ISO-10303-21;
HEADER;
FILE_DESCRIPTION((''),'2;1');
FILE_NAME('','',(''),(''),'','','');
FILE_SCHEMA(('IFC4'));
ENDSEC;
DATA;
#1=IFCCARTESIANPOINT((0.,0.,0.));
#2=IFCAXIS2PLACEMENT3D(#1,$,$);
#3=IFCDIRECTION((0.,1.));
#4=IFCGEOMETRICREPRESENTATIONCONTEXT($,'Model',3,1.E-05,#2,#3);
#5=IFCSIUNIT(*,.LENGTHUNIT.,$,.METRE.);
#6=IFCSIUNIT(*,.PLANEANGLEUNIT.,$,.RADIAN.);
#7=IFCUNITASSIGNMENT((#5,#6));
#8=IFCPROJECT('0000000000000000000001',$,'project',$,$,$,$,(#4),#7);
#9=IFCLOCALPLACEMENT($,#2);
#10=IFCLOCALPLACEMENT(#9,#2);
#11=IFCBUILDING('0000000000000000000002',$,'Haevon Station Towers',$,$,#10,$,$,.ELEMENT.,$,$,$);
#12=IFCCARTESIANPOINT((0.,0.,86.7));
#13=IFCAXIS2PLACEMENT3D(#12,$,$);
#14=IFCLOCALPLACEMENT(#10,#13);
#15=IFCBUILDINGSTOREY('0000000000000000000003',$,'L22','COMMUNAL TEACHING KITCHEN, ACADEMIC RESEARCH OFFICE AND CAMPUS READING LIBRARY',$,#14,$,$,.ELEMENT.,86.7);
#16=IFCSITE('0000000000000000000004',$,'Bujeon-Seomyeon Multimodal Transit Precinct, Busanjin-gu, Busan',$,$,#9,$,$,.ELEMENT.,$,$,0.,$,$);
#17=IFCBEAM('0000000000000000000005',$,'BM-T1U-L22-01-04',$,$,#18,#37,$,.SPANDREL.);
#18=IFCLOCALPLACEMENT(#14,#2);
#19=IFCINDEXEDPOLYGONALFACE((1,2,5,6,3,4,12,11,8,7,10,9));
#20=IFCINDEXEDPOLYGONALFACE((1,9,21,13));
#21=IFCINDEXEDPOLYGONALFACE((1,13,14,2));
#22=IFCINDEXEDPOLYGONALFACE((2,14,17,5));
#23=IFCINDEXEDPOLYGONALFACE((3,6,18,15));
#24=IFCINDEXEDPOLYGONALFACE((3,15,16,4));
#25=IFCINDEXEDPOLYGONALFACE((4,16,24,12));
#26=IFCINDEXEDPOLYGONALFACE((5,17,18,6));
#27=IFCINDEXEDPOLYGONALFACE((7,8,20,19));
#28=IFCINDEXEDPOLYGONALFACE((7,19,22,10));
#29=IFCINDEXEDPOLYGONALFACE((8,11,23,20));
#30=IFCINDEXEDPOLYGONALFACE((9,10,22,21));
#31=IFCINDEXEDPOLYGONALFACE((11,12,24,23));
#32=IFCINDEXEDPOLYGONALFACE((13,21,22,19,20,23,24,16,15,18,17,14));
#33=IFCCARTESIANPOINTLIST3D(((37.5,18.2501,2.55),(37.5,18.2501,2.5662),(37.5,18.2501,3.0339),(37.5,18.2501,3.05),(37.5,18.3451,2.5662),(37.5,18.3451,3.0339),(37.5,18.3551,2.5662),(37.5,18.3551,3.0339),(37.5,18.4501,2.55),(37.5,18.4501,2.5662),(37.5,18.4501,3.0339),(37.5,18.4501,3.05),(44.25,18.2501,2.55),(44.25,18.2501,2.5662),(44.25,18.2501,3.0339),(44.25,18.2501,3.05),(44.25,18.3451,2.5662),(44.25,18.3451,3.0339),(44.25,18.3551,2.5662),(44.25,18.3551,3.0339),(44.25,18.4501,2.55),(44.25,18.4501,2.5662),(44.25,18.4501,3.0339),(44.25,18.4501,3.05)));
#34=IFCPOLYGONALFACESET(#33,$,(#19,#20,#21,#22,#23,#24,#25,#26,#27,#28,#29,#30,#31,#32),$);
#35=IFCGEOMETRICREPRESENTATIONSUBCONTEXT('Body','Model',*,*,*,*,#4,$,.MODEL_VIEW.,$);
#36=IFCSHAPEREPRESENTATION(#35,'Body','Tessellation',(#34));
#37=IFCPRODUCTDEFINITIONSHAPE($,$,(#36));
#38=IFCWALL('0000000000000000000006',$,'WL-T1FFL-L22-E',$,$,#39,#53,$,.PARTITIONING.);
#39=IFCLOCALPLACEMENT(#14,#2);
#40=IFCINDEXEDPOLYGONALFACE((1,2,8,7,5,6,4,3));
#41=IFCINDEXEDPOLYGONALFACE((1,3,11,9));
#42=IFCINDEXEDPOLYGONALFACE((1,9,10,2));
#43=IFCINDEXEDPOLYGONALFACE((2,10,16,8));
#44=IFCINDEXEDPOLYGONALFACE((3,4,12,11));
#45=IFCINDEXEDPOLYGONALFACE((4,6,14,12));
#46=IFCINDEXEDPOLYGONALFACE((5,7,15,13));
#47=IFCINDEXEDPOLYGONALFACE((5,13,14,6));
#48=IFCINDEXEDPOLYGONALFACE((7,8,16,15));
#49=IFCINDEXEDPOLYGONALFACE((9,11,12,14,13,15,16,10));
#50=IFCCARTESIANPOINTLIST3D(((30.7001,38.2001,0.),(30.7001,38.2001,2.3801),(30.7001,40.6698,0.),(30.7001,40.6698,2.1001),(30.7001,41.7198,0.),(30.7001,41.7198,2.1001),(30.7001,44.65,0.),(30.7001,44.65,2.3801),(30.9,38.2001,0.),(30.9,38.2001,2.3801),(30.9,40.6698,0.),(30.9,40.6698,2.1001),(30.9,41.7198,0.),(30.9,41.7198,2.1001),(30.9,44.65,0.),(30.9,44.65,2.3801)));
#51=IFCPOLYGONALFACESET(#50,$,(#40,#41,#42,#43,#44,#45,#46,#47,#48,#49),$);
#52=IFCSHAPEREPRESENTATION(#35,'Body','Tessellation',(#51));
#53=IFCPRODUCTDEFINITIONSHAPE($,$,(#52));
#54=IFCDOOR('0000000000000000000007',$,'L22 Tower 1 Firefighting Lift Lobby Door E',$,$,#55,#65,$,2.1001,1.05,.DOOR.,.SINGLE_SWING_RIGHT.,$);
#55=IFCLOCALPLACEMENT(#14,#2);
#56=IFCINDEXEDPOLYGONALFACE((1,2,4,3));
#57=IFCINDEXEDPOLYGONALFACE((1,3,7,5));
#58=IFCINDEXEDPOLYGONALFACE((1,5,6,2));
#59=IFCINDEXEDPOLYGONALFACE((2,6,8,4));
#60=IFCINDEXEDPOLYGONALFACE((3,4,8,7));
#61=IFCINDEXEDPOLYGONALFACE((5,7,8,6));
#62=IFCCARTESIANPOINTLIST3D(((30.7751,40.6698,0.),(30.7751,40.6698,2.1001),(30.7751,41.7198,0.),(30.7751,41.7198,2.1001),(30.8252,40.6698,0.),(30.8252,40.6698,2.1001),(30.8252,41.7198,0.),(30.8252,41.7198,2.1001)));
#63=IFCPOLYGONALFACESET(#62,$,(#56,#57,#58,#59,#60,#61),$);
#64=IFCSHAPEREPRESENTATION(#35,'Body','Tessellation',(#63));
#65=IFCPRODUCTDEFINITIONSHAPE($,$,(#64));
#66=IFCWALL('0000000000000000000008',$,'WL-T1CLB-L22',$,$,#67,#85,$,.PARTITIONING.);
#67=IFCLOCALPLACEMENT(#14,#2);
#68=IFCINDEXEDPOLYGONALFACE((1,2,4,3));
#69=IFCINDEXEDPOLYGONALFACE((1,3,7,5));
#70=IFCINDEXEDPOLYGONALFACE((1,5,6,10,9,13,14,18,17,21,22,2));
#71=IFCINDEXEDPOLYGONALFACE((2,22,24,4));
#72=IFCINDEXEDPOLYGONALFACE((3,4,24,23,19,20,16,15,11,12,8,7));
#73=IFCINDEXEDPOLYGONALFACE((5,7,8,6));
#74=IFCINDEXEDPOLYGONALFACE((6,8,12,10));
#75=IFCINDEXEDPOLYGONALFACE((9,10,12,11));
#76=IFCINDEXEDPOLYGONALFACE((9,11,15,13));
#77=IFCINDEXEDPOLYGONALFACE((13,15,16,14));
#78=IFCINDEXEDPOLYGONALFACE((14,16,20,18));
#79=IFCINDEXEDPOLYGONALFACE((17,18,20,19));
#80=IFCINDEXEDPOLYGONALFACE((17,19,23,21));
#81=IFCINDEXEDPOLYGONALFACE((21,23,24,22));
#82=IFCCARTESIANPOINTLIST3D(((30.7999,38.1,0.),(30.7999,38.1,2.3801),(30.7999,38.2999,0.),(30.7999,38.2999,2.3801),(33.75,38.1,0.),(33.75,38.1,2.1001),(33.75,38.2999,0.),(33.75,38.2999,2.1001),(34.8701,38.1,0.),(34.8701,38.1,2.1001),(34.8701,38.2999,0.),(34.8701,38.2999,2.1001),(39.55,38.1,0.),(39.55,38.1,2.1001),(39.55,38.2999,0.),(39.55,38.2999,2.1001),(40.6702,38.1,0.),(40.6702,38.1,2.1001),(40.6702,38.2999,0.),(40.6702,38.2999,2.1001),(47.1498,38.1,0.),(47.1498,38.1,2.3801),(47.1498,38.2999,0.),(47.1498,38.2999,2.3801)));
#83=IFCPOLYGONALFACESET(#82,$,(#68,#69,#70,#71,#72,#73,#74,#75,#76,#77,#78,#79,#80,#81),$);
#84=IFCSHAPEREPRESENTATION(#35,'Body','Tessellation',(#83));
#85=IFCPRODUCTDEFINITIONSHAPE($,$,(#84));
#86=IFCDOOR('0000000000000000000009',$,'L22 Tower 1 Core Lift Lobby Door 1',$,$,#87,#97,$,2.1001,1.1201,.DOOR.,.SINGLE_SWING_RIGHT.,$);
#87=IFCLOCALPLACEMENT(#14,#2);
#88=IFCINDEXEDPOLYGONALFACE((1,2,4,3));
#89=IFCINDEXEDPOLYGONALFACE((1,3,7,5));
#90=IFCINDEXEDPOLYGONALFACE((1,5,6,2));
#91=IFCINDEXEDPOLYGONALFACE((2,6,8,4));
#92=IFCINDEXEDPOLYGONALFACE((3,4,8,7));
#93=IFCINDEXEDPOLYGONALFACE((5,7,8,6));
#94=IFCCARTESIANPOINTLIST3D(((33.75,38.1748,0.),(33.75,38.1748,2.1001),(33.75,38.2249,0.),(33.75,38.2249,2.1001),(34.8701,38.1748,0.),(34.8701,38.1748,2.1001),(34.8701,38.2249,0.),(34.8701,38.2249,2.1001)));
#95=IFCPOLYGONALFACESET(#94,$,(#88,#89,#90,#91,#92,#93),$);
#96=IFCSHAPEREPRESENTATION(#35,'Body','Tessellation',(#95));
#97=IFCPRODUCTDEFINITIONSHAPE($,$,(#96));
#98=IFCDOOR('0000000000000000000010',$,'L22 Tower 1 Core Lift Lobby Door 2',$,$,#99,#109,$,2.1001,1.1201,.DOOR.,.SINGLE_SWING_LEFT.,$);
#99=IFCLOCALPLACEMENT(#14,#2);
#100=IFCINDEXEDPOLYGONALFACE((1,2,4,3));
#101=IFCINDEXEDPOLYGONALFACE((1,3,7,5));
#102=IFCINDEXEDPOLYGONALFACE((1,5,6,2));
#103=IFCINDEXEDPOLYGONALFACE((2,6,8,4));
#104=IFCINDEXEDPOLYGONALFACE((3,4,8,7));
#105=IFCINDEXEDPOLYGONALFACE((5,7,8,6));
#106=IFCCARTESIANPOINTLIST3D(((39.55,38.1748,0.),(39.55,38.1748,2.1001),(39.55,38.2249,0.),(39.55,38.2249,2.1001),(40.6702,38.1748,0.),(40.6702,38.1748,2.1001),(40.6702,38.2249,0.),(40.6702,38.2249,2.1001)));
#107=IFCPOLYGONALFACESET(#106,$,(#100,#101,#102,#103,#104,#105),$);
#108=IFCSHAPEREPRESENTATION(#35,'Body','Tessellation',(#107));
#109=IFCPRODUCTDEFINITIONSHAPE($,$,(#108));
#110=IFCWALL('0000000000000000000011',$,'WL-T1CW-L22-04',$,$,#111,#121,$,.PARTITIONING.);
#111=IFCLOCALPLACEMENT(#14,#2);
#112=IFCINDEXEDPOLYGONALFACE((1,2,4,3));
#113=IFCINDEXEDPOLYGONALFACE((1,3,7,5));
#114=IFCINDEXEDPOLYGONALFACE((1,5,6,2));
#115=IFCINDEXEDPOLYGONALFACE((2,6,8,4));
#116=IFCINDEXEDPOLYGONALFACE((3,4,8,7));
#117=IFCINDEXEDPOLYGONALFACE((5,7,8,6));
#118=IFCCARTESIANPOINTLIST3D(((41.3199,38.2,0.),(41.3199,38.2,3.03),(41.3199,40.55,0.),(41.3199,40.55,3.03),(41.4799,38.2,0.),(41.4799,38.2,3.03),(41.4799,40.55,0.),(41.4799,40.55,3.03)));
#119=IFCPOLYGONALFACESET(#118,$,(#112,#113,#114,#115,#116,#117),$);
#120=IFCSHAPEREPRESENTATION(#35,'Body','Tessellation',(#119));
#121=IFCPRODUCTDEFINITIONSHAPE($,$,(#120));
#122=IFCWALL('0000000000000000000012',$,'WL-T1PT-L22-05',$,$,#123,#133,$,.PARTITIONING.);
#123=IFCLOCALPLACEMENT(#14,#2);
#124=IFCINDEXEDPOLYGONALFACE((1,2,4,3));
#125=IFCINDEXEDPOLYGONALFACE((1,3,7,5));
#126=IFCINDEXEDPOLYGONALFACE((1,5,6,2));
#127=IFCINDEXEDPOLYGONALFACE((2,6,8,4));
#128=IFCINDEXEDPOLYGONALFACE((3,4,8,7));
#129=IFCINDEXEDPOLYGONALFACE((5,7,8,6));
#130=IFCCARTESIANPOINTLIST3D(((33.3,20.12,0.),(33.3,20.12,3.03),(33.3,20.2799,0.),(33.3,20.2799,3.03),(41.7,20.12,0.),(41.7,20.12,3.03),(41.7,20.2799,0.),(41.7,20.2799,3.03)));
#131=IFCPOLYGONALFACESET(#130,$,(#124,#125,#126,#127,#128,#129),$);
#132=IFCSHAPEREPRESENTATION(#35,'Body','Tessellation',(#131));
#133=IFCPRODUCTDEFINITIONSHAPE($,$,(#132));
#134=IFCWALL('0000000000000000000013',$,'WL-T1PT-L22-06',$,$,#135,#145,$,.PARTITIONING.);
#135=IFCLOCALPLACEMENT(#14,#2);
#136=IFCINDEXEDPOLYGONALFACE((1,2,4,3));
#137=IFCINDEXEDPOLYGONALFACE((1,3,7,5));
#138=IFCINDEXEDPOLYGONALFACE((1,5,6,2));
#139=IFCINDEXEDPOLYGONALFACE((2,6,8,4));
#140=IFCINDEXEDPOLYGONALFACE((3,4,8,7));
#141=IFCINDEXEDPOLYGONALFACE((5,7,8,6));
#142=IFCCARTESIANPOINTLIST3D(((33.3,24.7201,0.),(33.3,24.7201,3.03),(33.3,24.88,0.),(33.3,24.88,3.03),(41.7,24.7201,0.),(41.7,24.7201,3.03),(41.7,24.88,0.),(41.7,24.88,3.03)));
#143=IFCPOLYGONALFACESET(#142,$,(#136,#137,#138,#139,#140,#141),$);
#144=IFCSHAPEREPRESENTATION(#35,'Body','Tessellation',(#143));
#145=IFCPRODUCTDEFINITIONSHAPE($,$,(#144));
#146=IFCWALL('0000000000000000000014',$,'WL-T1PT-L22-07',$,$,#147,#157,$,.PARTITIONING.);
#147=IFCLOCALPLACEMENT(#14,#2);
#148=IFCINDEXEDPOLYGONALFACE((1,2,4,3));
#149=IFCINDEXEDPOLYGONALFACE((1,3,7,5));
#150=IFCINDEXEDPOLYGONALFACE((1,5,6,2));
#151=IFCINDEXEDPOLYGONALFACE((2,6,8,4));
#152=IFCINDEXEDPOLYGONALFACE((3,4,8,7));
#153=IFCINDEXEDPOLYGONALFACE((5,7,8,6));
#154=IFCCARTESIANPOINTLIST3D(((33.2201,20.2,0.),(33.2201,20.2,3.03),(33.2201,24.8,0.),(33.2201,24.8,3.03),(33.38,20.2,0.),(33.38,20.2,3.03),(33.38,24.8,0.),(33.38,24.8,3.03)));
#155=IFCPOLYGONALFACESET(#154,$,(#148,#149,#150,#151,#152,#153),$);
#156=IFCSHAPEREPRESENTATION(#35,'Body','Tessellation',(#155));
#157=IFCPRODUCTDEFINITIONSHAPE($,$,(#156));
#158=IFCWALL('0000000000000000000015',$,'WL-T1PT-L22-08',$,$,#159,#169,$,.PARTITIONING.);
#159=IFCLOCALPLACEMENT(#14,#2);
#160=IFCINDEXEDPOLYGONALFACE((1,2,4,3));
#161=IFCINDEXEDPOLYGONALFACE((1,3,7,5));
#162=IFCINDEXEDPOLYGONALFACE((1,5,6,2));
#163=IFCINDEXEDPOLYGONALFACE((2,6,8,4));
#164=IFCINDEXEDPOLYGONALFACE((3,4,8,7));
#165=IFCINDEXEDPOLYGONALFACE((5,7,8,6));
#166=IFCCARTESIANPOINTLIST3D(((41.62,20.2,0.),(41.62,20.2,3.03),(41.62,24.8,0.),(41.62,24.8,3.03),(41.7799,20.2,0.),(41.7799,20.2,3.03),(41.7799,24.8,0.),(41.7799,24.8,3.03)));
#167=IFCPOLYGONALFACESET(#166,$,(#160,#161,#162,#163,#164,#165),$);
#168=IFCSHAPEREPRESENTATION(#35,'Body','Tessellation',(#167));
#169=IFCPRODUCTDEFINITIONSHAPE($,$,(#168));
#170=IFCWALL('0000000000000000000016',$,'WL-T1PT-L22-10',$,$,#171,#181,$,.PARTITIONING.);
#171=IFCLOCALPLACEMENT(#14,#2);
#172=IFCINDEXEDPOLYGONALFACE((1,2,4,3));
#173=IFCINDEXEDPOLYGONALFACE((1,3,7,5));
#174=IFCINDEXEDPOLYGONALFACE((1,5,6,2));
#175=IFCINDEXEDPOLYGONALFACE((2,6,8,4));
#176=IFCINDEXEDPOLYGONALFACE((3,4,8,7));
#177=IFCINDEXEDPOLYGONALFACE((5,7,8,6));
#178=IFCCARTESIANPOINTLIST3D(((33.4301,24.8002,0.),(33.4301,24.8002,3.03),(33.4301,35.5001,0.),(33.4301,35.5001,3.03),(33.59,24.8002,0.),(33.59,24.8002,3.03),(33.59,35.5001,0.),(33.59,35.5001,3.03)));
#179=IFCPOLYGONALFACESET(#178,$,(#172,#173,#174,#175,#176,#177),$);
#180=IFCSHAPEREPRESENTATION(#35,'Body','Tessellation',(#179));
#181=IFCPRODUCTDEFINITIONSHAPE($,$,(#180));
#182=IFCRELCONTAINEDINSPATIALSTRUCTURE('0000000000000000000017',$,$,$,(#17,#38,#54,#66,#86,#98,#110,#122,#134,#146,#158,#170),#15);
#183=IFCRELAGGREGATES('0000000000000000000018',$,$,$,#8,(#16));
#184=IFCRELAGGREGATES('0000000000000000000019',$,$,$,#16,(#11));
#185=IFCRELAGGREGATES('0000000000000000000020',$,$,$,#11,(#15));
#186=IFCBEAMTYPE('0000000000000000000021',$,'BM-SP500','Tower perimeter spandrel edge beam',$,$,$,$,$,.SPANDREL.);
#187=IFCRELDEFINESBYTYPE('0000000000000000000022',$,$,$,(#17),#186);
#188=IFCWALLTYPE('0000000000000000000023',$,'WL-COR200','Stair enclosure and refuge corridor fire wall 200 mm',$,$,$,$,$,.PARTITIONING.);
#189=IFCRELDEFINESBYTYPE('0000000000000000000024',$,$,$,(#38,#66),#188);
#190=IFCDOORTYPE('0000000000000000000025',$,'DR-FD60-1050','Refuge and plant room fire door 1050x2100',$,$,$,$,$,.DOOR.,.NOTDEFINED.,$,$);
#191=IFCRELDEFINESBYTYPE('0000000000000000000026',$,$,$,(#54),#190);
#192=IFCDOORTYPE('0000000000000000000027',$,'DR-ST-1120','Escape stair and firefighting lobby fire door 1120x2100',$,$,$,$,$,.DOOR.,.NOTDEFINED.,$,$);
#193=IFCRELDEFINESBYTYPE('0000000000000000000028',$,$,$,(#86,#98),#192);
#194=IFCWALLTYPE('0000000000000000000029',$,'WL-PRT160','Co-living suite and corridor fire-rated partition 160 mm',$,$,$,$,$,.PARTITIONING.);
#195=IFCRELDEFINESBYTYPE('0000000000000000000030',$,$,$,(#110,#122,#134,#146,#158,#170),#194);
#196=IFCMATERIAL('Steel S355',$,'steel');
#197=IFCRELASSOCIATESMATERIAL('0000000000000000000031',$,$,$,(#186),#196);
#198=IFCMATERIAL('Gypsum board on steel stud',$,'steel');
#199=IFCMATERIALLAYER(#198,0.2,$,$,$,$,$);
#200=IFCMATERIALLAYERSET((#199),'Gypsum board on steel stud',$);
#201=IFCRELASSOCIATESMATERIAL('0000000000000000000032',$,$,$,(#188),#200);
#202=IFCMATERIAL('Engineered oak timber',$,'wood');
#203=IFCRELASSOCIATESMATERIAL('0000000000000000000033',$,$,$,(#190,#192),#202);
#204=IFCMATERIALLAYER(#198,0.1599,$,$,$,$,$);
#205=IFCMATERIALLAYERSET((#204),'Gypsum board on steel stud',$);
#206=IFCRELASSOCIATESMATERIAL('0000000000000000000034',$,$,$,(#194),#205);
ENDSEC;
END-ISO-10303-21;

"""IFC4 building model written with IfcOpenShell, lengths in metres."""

from ifc_helpers import new_model, si_unit, direction, frame, frame_2d, origin, origin_2d, place, context, subcontext, project, spatial, rectangle, i_section, extrude, material, layer, layer_set, material_profile, profile_set, type_object, element, fill, save


model = new_model("IFC4")

# Units and contexts
model_context = context("Model", 3, precision=1e-05, world=origin(), true_north=direction((0.0, 1.0)))
body_context = subcontext(model_context, "Body", "Model", "MODEL_VIEW")
ifc_project = project(units=[si_unit("LENGTHUNIT", "METRE"), si_unit("PLANEANGLEUNIT", "RADIAN")], contexts=[model_context])

# Site, building, storey
site_placement = place(None, origin())
site = spatial("IfcSite", under=ifc_project, at=site_placement, Name="Bujeon-Seomyeon Multimodal Transit Precinct, Busanjin-gu, Busan", CompositionType="ELEMENT", RefElevation=0.0)
building_placement = place(site_placement, origin())
building = spatial("IfcBuilding", under=site, at=building_placement, Name="Haevon Station Towers", CompositionType="ELEMENT")
storey_placement = place(building_placement, frame((0.0, 0.0, 86.7)))
storey = spatial("IfcBuildingStorey", under=building, at=storey_placement, Name="L22", Description="COMMUNAL TEACHING KITCHEN, ACADEMIC RESEARCH OFFICE AND CAMPUS READING LIBRARY", CompositionType="ELEMENT", Elevation=86.7)

# Beam
ifc_material_1 = material(Name="Steel S355", Category="steel")
ifc_material_profile_1 = material_profile(ifc_material_1, i_section(OverallWidth=0.2, OverallDepth=0.5, WebThickness=0.01, FlangeThickness=0.0161, at=origin_2d()), Name="H-500x200x10x16")
ifc_profile_set_1 = profile_set([ifc_material_profile_1], Name="Steel S355")
beam_type_1 = type_object("IfcBeamType", Name="BM-SP500", Description="Tower perimeter spandrel edge beam", PredefinedType="SPANDREL", material=ifc_profile_set_1)
beam_1_placement = place(storey_placement, frame((37.5, 18.3501, 2.8), z_axis=(1.0, 0.0, 0.0), x_axis=(0.0, 1.0, 0.0)))
element("IfcBeam", 1, at=beam_1_placement, inside=storey, type_object=beam_type_1, Name="BM-T1U-L22-01-04", PredefinedType="SPANDREL", context=body_context, shape_type="SweptSolid", body=[
    extrude(i_section(OverallWidth=0.2, OverallDepth=0.5, WebThickness=0.01, FlangeThickness=0.0161, at=origin_2d()), origin(), (0.0, 0.0, 1.0), 6.75),
])

# Wall, opening, door
ifc_material_2 = material(Name="Gypsum board on steel stud", Category="steel")
ifc_layer_1 = layer(ifc_material_2, 0.2)
ifc_layer_set_1 = layer_set([ifc_layer_1], Name="Gypsum board on steel stud")
wall_type_1 = type_object("IfcWallType", Name="WL-COR200", Description="Stair enclosure and refuge corridor fire wall 200 mm", PredefinedType="PARTITIONING", material=ifc_layer_set_1)
wall_1_placement = place(storey_placement, frame((30.8, 38.2, 0.0), z_axis=(0.0, 0.0, 1.0), x_axis=(0.0, 1.0, 0.0)))
wall_1 = element("IfcWall", 2, at=wall_1_placement, inside=storey, type_object=wall_type_1, Name="WL-T1FFL-L22-E", PredefinedType="PARTITIONING", context=body_context, shape_type="SweptSolid", body=[
    extrude(rectangle(XDim=6.45, YDim=0.2, at=frame_2d((3.2251, 0.0))), origin(), (0.0, 0.0, 1.0), 2.3801),
])
opening_1_placement = place(wall_1_placement, frame((2.47, 0.0, 0.0)))
opening_1 = element("IfcOpeningElement", 3, at=opening_1_placement, cuts=wall_1, PredefinedType="OPENING", context=body_context, shape_type="SweptSolid", body=[
    extrude(rectangle(XDim=1.05, YDim=2.1001, at=frame_2d((0.5249, 1.05))), frame((0.0, 0.1099, 0.0), z_axis=(0.0, -1.0, 0.0), x_axis=(1.0, 0.0, 0.0)), (0.0, 0.0, 1.0), 0.22),
])
ifc_material_3 = material(Name="Engineered oak timber", Category="wood")
door_type_1 = type_object("IfcDoorType", Name="DR-FD60-1050", Description="Refuge and plant room fire door 1050x2100", OperationType="NOTDEFINED", PredefinedType="DOOR", material=ifc_material_3)
door_1_placement = place(opening_1_placement, origin())
door_1 = element("IfcDoor", 4, at=door_1_placement, inside=storey, type_object=door_type_1, Name="L22 Tower 1 Firefighting Lift Lobby Door E", OperationType="SINGLE_SWING_RIGHT", OverallHeight=2.1001, OverallWidth=1.05, PredefinedType="DOOR", context=body_context, shape_type="SweptSolid", body=[
    extrude(rectangle(XDim=1.05, YDim=2.1001, at=frame_2d((0.5249, 1.05))), frame((0.0, 0.0249, 0.0), z_axis=(0.0, -1.0, 0.0), x_axis=(1.0, 0.0, 0.0)), (0.0, 0.0, 1.0), 0.05),
])
fill(opening_1, door_1)

# Wall, openings, doors
wall_2_placement = place(storey_placement, frame((30.8, 38.2, 0.0), z_axis=(0.0, 0.0, 1.0), x_axis=(1.0, 0.0, 0.0)))
wall_2 = element("IfcWall", 5, at=wall_2_placement, inside=storey, type_object=wall_type_1, Name="WL-T1CLB-L22", PredefinedType="PARTITIONING", context=body_context, shape_type="SweptSolid", body=[
    extrude(rectangle(XDim=16.3499, YDim=0.2, at=frame_2d((8.1748, 0.0))), origin(), (0.0, 0.0, 1.0), 2.3801),
])
opening_2_placement = place(wall_2_placement, frame((2.95, 0.0, 0.0)))
opening_2 = element("IfcOpeningElement", 6, at=opening_2_placement, cuts=wall_2, PredefinedType="OPENING", context=body_context, shape_type="SweptSolid", body=[
    extrude(rectangle(XDim=1.1201, YDim=2.1001, at=frame_2d((0.5601, 1.05))), frame((0.0, 0.1099, 0.0), z_axis=(0.0, -1.0, 0.0), x_axis=(1.0, 0.0, 0.0)), (0.0, 0.0, 1.0), 0.22),
])
opening_3_placement = place(wall_2_placement, frame((8.75, 0.0, 0.0)))
opening_3 = element("IfcOpeningElement", 7, at=opening_3_placement, cuts=wall_2, PredefinedType="OPENING", context=body_context, shape_type="SweptSolid", body=[
    extrude(rectangle(XDim=1.1201, YDim=2.1001, at=frame_2d((0.5601, 1.05))), frame((0.0, 0.1099, 0.0), z_axis=(0.0, -1.0, 0.0), x_axis=(1.0, 0.0, 0.0)), (0.0, 0.0, 1.0), 0.22),
])
door_type_2 = type_object("IfcDoorType", Name="DR-ST-1120", Description="Escape stair and firefighting lobby fire door 1120x2100", OperationType="NOTDEFINED", PredefinedType="DOOR", material=ifc_material_3)
door_2_placement = place(opening_2_placement, origin())
door_2 = element("IfcDoor", 8, at=door_2_placement, inside=storey, type_object=door_type_2, Name="L22 Tower 1 Core Lift Lobby Door 1", OperationType="SINGLE_SWING_RIGHT", OverallHeight=2.1001, OverallWidth=1.1201, PredefinedType="DOOR", context=body_context, shape_type="SweptSolid", body=[
    extrude(rectangle(XDim=1.1201, YDim=2.1001, at=frame_2d((0.5601, 1.05))), frame((0.0, 0.0249, 0.0), z_axis=(0.0, -1.0, 0.0), x_axis=(1.0, 0.0, 0.0)), (0.0, 0.0, 1.0), 0.05),
])
fill(opening_2, door_2)
door_3_placement = place(opening_3_placement, origin())
door_3 = element("IfcDoor", 9, at=door_3_placement, inside=storey, type_object=door_type_2, Name="L22 Tower 1 Core Lift Lobby Door 2", OperationType="SINGLE_SWING_LEFT", OverallHeight=2.1001, OverallWidth=1.1201, PredefinedType="DOOR", context=body_context, shape_type="SweptSolid", body=[
    extrude(rectangle(XDim=1.1201, YDim=2.1001, at=frame_2d((0.5601, 1.05))), frame((0.0, 0.0249, 0.0), z_axis=(0.0, -1.0, 0.0), x_axis=(1.0, 0.0, 0.0)), (0.0, 0.0, 1.0), 0.05),
])
fill(opening_3, door_3)

# Walls
ifc_layer_2 = layer(ifc_material_2, 0.1599)
ifc_layer_set_2 = layer_set([ifc_layer_2], Name="Gypsum board on steel stud")
wall_type_2 = type_object("IfcWallType", Name="WL-PRT160", Description="Co-living suite and corridor fire-rated partition 160 mm", PredefinedType="PARTITIONING", material=ifc_layer_set_2)
wall_3_placement = place(storey_placement, frame((41.3999, 38.2, 0.0), z_axis=(0.0, 0.0, 1.0), x_axis=(0.0, 1.0, 0.0)))
element("IfcWall", 10, at=wall_3_placement, inside=storey, type_object=wall_type_2, Name="WL-T1CW-L22-04", PredefinedType="PARTITIONING", context=body_context, shape_type="SweptSolid", body=[
    extrude(rectangle(XDim=2.3501, YDim=0.1599, at=frame_2d((1.175, 0.0))), origin(), (0.0, 0.0, 1.0), 3.03),
])
for number, where, z_axis, x_axis, name in (
    (11, (33.3, 20.2, 0.0), (0.0, 0.0, 1.0), (1.0, 0.0, 0.0), "WL-T1PT-L22-05"),
    (12, (33.3, 24.8, 0.0), (0.0, 0.0, 1.0), (1.0, 0.0, 0.0), "WL-T1PT-L22-06"),
):
    element("IfcWall", number, at=place(storey_placement, frame(where, z_axis=z_axis, x_axis=x_axis)), inside=storey, type_object=wall_type_2, Name=name, PredefinedType="PARTITIONING", context=body_context, shape_type="SweptSolid", body=[
        extrude(rectangle(XDim=8.3999, YDim=0.1599, at=frame_2d((4.2, 0.0))), origin(), (0.0, 0.0, 1.0), 3.03),
    ])
for number, where, z_axis, x_axis, name in (
    (13, (33.3, 20.2, 0.0), (0.0, 0.0, 1.0), (0.0, 1.0, 0.0), "WL-T1PT-L22-07"),
    (14, (41.7, 20.2, 0.0), (0.0, 0.0, 1.0), (0.0, 1.0, 0.0), "WL-T1PT-L22-08"),
):
    element("IfcWall", number, at=place(storey_placement, frame(where, z_axis=z_axis, x_axis=x_axis)), inside=storey, type_object=wall_type_2, Name=name, PredefinedType="PARTITIONING", context=body_context, shape_type="SweptSolid", body=[
        extrude(rectangle(XDim=4.6001, YDim=0.1599, at=frame_2d((2.3, 0.0))), origin(), (0.0, 0.0, 1.0), 3.03),
    ])
for number, where, z_axis, x_axis, name in (
    (15, (33.51, 24.8, 0.0), (0.0, 0.0, 1.0), (0.0, 1.0, 0.0), "WL-T1PT-L22-10"),
):
    element("IfcWall", number, at=place(storey_placement, frame(where, z_axis=z_axis, x_axis=x_axis)), inside=storey, type_object=wall_type_2, Name=name, PredefinedType="PARTITIONING", context=body_context, shape_type="SweptSolid", body=[
        extrude(rectangle(XDim=10.7, YDim=0.1599, at=frame_2d((5.3501, 0.0))), origin(), (0.0, 0.0, 1.0), 3.03),
    ])

save(model, "model.ifc")
